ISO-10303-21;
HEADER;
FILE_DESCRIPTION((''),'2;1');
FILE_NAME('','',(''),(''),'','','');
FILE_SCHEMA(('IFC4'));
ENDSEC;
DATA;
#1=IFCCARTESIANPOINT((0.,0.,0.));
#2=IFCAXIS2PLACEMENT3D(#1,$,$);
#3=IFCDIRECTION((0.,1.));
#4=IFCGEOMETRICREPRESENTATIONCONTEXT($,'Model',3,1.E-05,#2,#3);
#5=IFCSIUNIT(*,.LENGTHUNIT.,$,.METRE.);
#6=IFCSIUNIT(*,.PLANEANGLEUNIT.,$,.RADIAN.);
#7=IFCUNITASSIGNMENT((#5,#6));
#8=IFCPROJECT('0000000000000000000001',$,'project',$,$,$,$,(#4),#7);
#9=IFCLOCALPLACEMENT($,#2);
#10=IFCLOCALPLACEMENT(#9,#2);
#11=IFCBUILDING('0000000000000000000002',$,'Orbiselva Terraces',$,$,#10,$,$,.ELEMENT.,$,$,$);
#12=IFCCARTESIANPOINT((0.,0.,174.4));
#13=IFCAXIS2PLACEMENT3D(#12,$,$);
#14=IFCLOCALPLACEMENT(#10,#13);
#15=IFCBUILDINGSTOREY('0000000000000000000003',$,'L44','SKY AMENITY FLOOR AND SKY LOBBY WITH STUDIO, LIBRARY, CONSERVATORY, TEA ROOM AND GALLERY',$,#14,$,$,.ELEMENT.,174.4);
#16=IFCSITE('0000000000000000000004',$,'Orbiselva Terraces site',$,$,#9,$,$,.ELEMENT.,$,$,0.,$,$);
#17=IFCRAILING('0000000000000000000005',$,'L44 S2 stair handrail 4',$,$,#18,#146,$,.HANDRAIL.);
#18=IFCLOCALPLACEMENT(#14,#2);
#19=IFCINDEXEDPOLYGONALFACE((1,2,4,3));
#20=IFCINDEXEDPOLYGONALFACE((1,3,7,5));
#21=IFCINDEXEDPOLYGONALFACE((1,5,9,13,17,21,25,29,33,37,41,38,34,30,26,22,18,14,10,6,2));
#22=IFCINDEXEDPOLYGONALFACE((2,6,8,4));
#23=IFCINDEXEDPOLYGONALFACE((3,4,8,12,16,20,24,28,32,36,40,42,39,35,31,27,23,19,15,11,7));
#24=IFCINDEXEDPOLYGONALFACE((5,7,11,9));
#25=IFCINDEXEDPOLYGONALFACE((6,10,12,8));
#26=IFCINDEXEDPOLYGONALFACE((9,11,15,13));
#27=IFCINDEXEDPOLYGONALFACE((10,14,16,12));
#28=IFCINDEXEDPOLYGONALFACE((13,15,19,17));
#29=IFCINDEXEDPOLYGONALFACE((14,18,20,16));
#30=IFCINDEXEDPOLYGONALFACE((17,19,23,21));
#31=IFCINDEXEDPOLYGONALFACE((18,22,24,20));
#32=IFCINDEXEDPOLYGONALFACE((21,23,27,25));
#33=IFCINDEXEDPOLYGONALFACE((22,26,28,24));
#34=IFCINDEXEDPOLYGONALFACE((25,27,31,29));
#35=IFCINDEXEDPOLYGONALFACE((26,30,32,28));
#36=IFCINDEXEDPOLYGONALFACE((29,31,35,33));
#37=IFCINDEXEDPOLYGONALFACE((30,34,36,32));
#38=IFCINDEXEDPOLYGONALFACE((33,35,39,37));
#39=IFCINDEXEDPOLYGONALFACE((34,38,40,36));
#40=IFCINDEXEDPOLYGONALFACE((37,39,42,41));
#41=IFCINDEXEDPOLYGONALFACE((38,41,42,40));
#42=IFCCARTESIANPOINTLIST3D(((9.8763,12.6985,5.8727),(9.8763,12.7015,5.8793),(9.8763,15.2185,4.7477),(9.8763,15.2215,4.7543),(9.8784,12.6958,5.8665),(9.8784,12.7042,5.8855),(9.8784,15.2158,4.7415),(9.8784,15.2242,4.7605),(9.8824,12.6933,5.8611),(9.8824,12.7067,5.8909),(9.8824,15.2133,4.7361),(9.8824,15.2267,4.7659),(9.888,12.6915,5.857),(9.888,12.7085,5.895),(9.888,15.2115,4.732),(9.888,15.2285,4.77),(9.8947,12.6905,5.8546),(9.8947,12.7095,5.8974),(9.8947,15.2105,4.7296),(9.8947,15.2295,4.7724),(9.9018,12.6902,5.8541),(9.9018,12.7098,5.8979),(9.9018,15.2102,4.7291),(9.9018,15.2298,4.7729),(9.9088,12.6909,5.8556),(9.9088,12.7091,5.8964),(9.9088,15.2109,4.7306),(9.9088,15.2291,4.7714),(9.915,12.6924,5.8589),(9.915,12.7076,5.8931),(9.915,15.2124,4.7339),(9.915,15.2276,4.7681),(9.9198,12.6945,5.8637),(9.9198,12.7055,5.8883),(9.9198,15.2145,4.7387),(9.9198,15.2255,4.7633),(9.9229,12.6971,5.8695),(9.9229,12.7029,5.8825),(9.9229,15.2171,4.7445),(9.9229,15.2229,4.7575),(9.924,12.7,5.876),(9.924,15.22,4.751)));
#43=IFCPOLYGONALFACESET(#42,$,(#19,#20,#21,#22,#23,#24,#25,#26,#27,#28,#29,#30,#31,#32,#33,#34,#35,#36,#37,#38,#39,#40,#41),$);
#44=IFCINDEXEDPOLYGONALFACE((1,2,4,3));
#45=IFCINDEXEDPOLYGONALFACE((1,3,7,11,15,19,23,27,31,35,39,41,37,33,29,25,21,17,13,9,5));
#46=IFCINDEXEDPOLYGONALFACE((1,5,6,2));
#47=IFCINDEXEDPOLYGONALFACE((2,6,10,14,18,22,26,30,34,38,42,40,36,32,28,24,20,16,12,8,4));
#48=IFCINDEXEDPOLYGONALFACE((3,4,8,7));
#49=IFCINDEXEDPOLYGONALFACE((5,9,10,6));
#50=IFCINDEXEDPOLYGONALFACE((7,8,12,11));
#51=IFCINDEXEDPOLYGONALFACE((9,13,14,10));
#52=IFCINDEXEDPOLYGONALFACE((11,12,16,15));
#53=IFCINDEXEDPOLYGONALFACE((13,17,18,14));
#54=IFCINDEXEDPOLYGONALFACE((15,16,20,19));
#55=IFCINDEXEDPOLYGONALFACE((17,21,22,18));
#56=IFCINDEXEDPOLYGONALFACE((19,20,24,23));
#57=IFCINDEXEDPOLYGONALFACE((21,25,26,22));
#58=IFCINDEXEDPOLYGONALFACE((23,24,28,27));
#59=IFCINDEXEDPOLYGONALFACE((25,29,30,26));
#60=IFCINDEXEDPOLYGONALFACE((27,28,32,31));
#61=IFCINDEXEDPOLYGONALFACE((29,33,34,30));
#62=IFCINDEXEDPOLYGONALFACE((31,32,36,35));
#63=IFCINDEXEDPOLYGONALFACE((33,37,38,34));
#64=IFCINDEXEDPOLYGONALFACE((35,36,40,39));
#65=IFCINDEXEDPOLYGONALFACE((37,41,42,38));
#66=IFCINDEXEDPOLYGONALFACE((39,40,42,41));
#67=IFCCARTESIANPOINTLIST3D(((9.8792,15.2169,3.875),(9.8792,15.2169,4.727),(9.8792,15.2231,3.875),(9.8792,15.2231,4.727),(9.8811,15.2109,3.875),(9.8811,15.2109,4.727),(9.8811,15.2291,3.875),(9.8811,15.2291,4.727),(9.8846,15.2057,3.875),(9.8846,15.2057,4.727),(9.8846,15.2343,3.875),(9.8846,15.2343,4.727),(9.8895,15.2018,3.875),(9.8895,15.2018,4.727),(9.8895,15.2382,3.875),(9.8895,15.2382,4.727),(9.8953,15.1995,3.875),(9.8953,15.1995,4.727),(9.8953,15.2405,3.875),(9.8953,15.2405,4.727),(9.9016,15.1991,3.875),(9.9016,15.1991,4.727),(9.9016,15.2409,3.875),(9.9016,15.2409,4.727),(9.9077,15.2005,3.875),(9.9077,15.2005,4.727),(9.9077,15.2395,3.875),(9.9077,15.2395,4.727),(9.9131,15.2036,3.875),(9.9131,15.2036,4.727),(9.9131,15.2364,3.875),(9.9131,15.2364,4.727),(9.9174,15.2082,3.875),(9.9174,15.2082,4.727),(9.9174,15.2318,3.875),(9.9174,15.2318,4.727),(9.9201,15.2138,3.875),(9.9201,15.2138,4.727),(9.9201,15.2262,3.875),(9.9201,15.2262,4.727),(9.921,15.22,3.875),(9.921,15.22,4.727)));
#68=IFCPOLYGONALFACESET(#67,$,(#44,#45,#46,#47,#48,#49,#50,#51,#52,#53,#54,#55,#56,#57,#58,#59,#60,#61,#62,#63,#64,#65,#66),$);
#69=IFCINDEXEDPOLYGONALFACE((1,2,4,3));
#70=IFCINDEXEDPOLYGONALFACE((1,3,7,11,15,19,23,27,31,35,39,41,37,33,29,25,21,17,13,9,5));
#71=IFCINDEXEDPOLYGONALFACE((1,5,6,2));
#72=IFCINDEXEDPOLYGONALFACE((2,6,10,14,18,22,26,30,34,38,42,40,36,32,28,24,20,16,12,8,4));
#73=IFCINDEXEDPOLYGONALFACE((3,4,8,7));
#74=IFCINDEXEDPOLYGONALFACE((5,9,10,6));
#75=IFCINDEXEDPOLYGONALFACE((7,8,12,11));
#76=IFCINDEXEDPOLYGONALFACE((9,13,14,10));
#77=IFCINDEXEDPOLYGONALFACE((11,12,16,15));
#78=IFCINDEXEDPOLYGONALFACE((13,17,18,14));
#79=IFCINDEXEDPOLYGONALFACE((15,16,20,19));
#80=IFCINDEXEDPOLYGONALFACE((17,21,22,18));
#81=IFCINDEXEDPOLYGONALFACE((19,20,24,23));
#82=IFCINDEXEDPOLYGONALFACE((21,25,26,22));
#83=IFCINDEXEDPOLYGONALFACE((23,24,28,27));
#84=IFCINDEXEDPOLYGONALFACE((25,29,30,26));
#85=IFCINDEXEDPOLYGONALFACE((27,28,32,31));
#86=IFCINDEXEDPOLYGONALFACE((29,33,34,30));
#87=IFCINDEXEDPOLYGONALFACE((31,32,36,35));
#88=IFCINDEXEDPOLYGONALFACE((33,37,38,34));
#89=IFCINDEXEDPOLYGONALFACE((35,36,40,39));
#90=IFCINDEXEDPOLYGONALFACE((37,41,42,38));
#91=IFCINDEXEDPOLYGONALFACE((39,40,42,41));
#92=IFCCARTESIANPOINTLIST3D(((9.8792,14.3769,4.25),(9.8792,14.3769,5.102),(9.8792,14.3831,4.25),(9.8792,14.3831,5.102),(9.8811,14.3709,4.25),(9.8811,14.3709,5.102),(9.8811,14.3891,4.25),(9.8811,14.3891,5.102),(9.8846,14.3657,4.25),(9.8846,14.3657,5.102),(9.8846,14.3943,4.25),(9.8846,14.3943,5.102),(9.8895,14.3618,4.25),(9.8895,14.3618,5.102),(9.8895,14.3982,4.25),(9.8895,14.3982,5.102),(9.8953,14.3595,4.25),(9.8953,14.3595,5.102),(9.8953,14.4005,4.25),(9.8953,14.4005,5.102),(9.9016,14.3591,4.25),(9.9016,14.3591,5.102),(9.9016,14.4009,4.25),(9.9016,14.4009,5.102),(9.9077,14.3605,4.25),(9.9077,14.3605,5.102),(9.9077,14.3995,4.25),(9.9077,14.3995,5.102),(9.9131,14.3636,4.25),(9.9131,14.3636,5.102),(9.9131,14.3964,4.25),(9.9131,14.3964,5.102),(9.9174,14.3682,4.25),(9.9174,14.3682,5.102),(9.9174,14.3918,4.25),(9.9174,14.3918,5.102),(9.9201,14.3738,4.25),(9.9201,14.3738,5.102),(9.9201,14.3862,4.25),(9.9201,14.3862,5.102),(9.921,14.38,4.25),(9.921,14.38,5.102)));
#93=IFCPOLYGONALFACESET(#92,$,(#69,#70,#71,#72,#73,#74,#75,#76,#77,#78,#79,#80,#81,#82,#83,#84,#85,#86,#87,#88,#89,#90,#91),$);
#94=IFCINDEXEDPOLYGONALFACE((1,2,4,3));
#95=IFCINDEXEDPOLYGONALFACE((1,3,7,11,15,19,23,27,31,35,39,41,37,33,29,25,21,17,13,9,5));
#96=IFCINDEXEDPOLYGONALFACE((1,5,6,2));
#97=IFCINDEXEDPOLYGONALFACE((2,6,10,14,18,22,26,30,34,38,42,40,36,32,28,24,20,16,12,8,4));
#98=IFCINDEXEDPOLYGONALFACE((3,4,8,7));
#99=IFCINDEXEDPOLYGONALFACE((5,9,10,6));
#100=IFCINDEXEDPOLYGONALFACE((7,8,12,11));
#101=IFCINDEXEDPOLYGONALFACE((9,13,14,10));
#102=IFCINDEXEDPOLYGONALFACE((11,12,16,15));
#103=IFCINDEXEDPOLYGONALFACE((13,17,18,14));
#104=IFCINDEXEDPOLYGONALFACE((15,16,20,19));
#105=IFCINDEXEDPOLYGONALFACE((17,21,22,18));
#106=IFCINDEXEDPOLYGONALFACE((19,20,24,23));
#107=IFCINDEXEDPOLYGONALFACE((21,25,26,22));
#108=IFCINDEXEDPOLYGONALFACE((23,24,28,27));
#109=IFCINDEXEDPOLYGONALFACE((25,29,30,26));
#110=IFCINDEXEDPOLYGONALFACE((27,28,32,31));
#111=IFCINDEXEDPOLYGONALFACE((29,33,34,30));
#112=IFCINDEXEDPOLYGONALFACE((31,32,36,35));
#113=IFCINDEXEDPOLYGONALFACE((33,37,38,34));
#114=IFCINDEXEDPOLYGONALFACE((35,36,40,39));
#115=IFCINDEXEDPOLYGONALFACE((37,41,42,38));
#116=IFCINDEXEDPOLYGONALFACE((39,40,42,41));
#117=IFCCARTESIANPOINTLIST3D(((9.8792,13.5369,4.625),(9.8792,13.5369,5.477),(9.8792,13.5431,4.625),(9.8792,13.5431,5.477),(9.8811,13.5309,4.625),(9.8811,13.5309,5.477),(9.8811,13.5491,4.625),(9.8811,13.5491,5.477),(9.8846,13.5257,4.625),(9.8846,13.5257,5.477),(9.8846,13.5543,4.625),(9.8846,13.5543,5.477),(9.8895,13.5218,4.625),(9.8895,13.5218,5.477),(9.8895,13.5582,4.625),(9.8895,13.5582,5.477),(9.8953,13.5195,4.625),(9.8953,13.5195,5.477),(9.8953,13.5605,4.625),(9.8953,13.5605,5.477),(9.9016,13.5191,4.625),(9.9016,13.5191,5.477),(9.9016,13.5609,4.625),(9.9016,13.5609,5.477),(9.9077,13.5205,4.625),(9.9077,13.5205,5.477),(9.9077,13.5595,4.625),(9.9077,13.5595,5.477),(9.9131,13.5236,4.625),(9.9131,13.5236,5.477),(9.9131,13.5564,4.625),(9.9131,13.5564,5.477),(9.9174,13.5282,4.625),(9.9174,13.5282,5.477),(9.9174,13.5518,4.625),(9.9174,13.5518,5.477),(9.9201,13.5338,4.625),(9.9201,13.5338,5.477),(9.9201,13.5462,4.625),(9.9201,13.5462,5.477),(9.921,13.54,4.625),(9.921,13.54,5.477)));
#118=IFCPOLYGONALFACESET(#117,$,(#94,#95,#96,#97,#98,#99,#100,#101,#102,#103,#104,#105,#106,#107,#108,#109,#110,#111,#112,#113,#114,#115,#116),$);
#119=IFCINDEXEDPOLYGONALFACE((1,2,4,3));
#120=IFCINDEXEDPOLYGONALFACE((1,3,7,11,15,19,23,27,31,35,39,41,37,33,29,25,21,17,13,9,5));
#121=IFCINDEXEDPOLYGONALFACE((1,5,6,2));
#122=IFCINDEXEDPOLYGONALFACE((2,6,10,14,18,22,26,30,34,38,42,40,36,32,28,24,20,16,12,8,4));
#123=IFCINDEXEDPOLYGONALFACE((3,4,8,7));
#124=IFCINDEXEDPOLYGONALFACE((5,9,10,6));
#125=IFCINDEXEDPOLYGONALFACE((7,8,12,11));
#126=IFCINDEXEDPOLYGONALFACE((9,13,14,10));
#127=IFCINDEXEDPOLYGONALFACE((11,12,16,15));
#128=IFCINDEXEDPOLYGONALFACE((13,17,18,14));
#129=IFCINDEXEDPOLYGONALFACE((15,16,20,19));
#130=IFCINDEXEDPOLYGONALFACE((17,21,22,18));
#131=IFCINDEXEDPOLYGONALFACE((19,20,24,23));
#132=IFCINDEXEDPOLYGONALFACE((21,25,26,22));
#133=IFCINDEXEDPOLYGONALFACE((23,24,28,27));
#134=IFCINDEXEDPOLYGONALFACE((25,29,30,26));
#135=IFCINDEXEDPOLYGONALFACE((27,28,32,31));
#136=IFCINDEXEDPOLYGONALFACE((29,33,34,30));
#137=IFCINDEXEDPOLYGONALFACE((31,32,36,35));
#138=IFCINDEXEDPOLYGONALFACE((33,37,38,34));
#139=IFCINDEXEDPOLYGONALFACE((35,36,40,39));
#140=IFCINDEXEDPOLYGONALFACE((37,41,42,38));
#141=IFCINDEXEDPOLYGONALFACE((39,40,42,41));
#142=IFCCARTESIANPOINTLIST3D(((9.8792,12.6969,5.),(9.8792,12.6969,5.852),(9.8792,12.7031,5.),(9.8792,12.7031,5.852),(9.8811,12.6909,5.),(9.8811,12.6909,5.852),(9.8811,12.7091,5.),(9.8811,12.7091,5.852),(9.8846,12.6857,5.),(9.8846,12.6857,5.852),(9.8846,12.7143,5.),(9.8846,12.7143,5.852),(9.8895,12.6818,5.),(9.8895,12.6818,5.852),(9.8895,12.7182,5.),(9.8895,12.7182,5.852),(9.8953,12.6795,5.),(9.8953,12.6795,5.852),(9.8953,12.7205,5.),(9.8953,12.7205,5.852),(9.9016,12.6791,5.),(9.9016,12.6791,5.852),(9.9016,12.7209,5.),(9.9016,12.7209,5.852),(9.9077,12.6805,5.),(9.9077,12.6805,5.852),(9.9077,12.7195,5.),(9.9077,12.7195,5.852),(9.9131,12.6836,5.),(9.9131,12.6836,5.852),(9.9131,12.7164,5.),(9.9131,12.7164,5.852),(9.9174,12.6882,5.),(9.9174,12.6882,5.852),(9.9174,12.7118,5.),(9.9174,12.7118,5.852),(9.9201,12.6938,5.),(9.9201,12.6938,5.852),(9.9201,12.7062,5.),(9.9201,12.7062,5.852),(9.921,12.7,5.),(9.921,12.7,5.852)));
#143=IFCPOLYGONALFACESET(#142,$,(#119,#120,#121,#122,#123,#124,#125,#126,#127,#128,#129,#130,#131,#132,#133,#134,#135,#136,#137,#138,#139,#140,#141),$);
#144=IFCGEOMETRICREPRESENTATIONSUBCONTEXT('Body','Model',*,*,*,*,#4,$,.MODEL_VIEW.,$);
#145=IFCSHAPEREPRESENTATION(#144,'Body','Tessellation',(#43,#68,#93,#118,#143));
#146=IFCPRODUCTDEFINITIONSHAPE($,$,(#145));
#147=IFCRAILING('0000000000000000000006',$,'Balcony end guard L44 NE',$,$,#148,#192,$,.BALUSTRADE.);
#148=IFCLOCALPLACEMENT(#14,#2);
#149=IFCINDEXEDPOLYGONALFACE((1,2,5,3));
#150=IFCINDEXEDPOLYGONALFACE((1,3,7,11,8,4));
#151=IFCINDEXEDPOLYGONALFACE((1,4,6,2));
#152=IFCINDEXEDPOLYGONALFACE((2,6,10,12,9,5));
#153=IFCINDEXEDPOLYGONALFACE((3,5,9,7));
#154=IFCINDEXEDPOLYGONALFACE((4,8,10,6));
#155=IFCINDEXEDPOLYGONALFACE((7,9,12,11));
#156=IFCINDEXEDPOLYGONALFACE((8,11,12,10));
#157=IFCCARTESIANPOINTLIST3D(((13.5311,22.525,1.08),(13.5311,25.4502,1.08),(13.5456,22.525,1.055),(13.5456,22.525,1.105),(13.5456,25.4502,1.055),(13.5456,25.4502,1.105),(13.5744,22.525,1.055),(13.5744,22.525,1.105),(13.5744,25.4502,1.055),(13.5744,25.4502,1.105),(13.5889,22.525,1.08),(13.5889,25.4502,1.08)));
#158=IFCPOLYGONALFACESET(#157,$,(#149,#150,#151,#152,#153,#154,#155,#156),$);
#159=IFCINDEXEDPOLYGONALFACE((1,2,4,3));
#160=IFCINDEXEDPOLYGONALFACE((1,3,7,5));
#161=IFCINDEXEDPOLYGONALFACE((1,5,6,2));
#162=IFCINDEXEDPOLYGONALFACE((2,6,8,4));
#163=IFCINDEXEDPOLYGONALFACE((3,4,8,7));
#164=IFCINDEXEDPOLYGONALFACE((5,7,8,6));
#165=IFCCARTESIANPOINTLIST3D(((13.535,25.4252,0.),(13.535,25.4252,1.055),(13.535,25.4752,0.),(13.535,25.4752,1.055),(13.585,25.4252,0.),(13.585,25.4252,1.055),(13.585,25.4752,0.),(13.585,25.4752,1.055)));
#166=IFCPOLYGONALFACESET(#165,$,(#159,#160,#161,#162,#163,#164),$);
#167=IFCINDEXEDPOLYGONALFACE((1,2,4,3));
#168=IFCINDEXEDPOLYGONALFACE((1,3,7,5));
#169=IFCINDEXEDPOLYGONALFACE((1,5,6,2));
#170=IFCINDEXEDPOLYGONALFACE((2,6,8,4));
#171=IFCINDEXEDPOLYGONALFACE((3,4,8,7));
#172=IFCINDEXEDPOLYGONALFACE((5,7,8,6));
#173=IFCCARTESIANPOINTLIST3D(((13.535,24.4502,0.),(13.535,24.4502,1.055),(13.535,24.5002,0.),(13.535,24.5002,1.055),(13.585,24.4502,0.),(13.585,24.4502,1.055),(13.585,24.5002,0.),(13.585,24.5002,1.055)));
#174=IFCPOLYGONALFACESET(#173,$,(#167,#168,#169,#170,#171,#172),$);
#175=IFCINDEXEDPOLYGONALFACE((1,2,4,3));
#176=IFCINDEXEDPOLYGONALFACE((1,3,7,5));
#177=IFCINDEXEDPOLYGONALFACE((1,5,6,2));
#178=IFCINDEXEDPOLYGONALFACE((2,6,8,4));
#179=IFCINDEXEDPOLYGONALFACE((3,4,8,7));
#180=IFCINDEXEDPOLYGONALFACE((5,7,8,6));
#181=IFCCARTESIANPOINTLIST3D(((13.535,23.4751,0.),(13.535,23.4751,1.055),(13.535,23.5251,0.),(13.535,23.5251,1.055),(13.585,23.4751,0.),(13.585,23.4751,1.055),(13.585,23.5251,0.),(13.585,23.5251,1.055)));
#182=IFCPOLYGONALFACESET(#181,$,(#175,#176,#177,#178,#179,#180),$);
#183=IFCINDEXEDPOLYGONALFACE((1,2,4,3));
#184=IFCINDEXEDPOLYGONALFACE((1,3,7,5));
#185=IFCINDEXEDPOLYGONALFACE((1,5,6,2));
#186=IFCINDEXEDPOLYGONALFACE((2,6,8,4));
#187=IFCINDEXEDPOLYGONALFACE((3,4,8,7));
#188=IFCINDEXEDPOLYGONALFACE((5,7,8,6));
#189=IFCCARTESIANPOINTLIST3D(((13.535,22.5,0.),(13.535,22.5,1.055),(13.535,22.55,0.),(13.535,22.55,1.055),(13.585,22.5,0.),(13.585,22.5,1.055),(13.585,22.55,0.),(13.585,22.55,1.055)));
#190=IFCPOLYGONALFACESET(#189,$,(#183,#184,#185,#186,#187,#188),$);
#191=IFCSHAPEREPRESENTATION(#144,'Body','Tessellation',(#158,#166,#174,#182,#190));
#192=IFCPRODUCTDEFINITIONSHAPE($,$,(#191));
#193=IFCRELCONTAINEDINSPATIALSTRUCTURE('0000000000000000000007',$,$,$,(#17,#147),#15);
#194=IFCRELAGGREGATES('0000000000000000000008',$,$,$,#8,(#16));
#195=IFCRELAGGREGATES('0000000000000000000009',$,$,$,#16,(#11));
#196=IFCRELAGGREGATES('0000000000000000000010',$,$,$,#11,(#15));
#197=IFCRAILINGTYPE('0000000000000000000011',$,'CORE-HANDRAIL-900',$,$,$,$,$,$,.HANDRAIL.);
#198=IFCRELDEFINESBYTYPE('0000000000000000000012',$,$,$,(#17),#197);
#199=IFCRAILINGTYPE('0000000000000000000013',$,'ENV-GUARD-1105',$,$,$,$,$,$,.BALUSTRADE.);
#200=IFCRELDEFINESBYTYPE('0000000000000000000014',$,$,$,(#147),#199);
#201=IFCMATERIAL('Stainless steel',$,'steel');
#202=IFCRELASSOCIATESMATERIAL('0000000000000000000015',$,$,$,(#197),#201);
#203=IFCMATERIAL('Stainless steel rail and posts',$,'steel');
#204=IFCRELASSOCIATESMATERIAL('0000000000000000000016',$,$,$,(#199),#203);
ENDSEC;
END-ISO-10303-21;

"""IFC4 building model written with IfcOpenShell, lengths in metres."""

from ifc_helpers import new_model, si_unit, direction, frame, origin, origin_2d, place, context, subcontext, project, spatial, polyline, rectangle, circle, outline, extrude, material, type_object, element, save


model = new_model("IFC4")

# Units and contexts
model_context = context("Model", 3, precision=1e-05, world=origin(), true_north=direction((0.0, 1.0)))
body_context = subcontext(model_context, "Body", "Model", "MODEL_VIEW")
ifc_project = project(units=[si_unit("LENGTHUNIT", "METRE"), si_unit("PLANEANGLEUNIT", "RADIAN")], contexts=[model_context])

# Site, building, storey
site_placement = place(None, origin())
site = spatial("IfcSite", under=ifc_project, at=site_placement, Name="Orbiselva Terraces site", CompositionType="ELEMENT", RefElevation=0.0)
building_placement = place(site_placement, origin())
building = spatial("IfcBuilding", under=site, at=building_placement, Name="Orbiselva Terraces", CompositionType="ELEMENT")
storey_placement = place(building_placement, frame((0.0, 0.0, 174.4)))
storey = spatial("IfcBuildingStorey", under=building, at=storey_placement, Name="L44", Description="SKY AMENITY FLOOR AND SKY LOBBY WITH STUDIO, LIBRARY, CONSERVATORY, TEA ROOM AND GALLERY", CompositionType="ELEMENT", Elevation=174.4)

# Railings
ifc_material_1 = material(Name="Stainless steel", Category="steel")
railing_type_1 = type_object("IfcRailingType", Name="CORE-HANDRAIL-900", PredefinedType="HANDRAIL", material=ifc_material_1)
for number, where, name in (
    (1, (9.9, 15.22, 3.875), "L44 S2 stair handrail 4"),
):
    element("IfcRailing", number, at=place(storey_placement, frame(where)), inside=storey, type_object=railing_type_1, Name=name, PredefinedType="HANDRAIL", context=body_context, shape_type="SweptSolid", body=[
        extrude(circle(Radius=0.024, at=origin_2d()), frame((0.0, 0.0, 0.876), z_axis=(0.0, -0.913138, 0.407651), x_axis=(1.0, 0.0, 0.0)), (0.0, 0.0, 1.0), 2.7597),
        extrude(circle(Radius=0.021, at=origin_2d()), origin(), (0.0, 0.0, 1.0), 0.852),
        extrude(circle(Radius=0.021, at=origin_2d()), frame((0.0, -0.84, 0.375)), (0.0, 0.0, 1.0), 0.852),
        extrude(circle(Radius=0.021, at=origin_2d()), frame((0.0, -1.68, 0.75)), (0.0, 0.0, 1.0), 0.852),
        extrude(circle(Radius=0.021, at=origin_2d()), frame((0.0, -2.52, 1.125)), (0.0, 0.0, 1.0), 0.852),
    ])
ifc_material_2 = material(Name="Stainless steel rail and posts", Category="steel")
railing_type_2 = type_object("IfcRailingType", Name="ENV-GUARD-1105", PredefinedType="BALUSTRADE", material=ifc_material_2)
railing_placement = place(storey_placement, frame((13.56, 25.4502, 0.0)))
element("IfcRailing", 2, at=railing_placement, inside=storey, type_object=railing_type_2, Name="Balcony end guard L44 NE", PredefinedType="BALUSTRADE", context=body_context, shape_type="SweptSolid", body=[
    extrude(outline(polyline([(0.0289, 0.0), (0.0144, 0.025), (-0.0144, 0.025), (-0.0289, 0.0), (-0.0144, -0.025), (0.0144, -0.025), (0.0289, 0.0)])), frame((0.0, 0.0, 1.08), z_axis=(0.0, -1.0, 0.0), x_axis=(1.0, 0.0, 0.0)), (0.0, 0.0, 1.0), 2.9252),
    extrude(rectangle(XDim=0.05, YDim=0.05, at=origin_2d()), origin(), (0.0, 0.0, 1.0), 1.055),
    extrude(rectangle(XDim=0.05, YDim=0.05, at=origin_2d()), frame((0.0, -0.9751, 0.0)), (0.0, 0.0, 1.0), 1.055),
    extrude(rectangle(XDim=0.05, YDim=0.05, at=origin_2d()), frame((0.0, -1.9502, 0.0)), (0.0, 0.0, 1.0), 1.055),
    extrude(rectangle(XDim=0.05, YDim=0.05, at=origin_2d()), frame((0.0, -2.9252, 0.0)), (0.0, 0.0, 1.0), 1.055),
])

save(model, "model.ifc")
